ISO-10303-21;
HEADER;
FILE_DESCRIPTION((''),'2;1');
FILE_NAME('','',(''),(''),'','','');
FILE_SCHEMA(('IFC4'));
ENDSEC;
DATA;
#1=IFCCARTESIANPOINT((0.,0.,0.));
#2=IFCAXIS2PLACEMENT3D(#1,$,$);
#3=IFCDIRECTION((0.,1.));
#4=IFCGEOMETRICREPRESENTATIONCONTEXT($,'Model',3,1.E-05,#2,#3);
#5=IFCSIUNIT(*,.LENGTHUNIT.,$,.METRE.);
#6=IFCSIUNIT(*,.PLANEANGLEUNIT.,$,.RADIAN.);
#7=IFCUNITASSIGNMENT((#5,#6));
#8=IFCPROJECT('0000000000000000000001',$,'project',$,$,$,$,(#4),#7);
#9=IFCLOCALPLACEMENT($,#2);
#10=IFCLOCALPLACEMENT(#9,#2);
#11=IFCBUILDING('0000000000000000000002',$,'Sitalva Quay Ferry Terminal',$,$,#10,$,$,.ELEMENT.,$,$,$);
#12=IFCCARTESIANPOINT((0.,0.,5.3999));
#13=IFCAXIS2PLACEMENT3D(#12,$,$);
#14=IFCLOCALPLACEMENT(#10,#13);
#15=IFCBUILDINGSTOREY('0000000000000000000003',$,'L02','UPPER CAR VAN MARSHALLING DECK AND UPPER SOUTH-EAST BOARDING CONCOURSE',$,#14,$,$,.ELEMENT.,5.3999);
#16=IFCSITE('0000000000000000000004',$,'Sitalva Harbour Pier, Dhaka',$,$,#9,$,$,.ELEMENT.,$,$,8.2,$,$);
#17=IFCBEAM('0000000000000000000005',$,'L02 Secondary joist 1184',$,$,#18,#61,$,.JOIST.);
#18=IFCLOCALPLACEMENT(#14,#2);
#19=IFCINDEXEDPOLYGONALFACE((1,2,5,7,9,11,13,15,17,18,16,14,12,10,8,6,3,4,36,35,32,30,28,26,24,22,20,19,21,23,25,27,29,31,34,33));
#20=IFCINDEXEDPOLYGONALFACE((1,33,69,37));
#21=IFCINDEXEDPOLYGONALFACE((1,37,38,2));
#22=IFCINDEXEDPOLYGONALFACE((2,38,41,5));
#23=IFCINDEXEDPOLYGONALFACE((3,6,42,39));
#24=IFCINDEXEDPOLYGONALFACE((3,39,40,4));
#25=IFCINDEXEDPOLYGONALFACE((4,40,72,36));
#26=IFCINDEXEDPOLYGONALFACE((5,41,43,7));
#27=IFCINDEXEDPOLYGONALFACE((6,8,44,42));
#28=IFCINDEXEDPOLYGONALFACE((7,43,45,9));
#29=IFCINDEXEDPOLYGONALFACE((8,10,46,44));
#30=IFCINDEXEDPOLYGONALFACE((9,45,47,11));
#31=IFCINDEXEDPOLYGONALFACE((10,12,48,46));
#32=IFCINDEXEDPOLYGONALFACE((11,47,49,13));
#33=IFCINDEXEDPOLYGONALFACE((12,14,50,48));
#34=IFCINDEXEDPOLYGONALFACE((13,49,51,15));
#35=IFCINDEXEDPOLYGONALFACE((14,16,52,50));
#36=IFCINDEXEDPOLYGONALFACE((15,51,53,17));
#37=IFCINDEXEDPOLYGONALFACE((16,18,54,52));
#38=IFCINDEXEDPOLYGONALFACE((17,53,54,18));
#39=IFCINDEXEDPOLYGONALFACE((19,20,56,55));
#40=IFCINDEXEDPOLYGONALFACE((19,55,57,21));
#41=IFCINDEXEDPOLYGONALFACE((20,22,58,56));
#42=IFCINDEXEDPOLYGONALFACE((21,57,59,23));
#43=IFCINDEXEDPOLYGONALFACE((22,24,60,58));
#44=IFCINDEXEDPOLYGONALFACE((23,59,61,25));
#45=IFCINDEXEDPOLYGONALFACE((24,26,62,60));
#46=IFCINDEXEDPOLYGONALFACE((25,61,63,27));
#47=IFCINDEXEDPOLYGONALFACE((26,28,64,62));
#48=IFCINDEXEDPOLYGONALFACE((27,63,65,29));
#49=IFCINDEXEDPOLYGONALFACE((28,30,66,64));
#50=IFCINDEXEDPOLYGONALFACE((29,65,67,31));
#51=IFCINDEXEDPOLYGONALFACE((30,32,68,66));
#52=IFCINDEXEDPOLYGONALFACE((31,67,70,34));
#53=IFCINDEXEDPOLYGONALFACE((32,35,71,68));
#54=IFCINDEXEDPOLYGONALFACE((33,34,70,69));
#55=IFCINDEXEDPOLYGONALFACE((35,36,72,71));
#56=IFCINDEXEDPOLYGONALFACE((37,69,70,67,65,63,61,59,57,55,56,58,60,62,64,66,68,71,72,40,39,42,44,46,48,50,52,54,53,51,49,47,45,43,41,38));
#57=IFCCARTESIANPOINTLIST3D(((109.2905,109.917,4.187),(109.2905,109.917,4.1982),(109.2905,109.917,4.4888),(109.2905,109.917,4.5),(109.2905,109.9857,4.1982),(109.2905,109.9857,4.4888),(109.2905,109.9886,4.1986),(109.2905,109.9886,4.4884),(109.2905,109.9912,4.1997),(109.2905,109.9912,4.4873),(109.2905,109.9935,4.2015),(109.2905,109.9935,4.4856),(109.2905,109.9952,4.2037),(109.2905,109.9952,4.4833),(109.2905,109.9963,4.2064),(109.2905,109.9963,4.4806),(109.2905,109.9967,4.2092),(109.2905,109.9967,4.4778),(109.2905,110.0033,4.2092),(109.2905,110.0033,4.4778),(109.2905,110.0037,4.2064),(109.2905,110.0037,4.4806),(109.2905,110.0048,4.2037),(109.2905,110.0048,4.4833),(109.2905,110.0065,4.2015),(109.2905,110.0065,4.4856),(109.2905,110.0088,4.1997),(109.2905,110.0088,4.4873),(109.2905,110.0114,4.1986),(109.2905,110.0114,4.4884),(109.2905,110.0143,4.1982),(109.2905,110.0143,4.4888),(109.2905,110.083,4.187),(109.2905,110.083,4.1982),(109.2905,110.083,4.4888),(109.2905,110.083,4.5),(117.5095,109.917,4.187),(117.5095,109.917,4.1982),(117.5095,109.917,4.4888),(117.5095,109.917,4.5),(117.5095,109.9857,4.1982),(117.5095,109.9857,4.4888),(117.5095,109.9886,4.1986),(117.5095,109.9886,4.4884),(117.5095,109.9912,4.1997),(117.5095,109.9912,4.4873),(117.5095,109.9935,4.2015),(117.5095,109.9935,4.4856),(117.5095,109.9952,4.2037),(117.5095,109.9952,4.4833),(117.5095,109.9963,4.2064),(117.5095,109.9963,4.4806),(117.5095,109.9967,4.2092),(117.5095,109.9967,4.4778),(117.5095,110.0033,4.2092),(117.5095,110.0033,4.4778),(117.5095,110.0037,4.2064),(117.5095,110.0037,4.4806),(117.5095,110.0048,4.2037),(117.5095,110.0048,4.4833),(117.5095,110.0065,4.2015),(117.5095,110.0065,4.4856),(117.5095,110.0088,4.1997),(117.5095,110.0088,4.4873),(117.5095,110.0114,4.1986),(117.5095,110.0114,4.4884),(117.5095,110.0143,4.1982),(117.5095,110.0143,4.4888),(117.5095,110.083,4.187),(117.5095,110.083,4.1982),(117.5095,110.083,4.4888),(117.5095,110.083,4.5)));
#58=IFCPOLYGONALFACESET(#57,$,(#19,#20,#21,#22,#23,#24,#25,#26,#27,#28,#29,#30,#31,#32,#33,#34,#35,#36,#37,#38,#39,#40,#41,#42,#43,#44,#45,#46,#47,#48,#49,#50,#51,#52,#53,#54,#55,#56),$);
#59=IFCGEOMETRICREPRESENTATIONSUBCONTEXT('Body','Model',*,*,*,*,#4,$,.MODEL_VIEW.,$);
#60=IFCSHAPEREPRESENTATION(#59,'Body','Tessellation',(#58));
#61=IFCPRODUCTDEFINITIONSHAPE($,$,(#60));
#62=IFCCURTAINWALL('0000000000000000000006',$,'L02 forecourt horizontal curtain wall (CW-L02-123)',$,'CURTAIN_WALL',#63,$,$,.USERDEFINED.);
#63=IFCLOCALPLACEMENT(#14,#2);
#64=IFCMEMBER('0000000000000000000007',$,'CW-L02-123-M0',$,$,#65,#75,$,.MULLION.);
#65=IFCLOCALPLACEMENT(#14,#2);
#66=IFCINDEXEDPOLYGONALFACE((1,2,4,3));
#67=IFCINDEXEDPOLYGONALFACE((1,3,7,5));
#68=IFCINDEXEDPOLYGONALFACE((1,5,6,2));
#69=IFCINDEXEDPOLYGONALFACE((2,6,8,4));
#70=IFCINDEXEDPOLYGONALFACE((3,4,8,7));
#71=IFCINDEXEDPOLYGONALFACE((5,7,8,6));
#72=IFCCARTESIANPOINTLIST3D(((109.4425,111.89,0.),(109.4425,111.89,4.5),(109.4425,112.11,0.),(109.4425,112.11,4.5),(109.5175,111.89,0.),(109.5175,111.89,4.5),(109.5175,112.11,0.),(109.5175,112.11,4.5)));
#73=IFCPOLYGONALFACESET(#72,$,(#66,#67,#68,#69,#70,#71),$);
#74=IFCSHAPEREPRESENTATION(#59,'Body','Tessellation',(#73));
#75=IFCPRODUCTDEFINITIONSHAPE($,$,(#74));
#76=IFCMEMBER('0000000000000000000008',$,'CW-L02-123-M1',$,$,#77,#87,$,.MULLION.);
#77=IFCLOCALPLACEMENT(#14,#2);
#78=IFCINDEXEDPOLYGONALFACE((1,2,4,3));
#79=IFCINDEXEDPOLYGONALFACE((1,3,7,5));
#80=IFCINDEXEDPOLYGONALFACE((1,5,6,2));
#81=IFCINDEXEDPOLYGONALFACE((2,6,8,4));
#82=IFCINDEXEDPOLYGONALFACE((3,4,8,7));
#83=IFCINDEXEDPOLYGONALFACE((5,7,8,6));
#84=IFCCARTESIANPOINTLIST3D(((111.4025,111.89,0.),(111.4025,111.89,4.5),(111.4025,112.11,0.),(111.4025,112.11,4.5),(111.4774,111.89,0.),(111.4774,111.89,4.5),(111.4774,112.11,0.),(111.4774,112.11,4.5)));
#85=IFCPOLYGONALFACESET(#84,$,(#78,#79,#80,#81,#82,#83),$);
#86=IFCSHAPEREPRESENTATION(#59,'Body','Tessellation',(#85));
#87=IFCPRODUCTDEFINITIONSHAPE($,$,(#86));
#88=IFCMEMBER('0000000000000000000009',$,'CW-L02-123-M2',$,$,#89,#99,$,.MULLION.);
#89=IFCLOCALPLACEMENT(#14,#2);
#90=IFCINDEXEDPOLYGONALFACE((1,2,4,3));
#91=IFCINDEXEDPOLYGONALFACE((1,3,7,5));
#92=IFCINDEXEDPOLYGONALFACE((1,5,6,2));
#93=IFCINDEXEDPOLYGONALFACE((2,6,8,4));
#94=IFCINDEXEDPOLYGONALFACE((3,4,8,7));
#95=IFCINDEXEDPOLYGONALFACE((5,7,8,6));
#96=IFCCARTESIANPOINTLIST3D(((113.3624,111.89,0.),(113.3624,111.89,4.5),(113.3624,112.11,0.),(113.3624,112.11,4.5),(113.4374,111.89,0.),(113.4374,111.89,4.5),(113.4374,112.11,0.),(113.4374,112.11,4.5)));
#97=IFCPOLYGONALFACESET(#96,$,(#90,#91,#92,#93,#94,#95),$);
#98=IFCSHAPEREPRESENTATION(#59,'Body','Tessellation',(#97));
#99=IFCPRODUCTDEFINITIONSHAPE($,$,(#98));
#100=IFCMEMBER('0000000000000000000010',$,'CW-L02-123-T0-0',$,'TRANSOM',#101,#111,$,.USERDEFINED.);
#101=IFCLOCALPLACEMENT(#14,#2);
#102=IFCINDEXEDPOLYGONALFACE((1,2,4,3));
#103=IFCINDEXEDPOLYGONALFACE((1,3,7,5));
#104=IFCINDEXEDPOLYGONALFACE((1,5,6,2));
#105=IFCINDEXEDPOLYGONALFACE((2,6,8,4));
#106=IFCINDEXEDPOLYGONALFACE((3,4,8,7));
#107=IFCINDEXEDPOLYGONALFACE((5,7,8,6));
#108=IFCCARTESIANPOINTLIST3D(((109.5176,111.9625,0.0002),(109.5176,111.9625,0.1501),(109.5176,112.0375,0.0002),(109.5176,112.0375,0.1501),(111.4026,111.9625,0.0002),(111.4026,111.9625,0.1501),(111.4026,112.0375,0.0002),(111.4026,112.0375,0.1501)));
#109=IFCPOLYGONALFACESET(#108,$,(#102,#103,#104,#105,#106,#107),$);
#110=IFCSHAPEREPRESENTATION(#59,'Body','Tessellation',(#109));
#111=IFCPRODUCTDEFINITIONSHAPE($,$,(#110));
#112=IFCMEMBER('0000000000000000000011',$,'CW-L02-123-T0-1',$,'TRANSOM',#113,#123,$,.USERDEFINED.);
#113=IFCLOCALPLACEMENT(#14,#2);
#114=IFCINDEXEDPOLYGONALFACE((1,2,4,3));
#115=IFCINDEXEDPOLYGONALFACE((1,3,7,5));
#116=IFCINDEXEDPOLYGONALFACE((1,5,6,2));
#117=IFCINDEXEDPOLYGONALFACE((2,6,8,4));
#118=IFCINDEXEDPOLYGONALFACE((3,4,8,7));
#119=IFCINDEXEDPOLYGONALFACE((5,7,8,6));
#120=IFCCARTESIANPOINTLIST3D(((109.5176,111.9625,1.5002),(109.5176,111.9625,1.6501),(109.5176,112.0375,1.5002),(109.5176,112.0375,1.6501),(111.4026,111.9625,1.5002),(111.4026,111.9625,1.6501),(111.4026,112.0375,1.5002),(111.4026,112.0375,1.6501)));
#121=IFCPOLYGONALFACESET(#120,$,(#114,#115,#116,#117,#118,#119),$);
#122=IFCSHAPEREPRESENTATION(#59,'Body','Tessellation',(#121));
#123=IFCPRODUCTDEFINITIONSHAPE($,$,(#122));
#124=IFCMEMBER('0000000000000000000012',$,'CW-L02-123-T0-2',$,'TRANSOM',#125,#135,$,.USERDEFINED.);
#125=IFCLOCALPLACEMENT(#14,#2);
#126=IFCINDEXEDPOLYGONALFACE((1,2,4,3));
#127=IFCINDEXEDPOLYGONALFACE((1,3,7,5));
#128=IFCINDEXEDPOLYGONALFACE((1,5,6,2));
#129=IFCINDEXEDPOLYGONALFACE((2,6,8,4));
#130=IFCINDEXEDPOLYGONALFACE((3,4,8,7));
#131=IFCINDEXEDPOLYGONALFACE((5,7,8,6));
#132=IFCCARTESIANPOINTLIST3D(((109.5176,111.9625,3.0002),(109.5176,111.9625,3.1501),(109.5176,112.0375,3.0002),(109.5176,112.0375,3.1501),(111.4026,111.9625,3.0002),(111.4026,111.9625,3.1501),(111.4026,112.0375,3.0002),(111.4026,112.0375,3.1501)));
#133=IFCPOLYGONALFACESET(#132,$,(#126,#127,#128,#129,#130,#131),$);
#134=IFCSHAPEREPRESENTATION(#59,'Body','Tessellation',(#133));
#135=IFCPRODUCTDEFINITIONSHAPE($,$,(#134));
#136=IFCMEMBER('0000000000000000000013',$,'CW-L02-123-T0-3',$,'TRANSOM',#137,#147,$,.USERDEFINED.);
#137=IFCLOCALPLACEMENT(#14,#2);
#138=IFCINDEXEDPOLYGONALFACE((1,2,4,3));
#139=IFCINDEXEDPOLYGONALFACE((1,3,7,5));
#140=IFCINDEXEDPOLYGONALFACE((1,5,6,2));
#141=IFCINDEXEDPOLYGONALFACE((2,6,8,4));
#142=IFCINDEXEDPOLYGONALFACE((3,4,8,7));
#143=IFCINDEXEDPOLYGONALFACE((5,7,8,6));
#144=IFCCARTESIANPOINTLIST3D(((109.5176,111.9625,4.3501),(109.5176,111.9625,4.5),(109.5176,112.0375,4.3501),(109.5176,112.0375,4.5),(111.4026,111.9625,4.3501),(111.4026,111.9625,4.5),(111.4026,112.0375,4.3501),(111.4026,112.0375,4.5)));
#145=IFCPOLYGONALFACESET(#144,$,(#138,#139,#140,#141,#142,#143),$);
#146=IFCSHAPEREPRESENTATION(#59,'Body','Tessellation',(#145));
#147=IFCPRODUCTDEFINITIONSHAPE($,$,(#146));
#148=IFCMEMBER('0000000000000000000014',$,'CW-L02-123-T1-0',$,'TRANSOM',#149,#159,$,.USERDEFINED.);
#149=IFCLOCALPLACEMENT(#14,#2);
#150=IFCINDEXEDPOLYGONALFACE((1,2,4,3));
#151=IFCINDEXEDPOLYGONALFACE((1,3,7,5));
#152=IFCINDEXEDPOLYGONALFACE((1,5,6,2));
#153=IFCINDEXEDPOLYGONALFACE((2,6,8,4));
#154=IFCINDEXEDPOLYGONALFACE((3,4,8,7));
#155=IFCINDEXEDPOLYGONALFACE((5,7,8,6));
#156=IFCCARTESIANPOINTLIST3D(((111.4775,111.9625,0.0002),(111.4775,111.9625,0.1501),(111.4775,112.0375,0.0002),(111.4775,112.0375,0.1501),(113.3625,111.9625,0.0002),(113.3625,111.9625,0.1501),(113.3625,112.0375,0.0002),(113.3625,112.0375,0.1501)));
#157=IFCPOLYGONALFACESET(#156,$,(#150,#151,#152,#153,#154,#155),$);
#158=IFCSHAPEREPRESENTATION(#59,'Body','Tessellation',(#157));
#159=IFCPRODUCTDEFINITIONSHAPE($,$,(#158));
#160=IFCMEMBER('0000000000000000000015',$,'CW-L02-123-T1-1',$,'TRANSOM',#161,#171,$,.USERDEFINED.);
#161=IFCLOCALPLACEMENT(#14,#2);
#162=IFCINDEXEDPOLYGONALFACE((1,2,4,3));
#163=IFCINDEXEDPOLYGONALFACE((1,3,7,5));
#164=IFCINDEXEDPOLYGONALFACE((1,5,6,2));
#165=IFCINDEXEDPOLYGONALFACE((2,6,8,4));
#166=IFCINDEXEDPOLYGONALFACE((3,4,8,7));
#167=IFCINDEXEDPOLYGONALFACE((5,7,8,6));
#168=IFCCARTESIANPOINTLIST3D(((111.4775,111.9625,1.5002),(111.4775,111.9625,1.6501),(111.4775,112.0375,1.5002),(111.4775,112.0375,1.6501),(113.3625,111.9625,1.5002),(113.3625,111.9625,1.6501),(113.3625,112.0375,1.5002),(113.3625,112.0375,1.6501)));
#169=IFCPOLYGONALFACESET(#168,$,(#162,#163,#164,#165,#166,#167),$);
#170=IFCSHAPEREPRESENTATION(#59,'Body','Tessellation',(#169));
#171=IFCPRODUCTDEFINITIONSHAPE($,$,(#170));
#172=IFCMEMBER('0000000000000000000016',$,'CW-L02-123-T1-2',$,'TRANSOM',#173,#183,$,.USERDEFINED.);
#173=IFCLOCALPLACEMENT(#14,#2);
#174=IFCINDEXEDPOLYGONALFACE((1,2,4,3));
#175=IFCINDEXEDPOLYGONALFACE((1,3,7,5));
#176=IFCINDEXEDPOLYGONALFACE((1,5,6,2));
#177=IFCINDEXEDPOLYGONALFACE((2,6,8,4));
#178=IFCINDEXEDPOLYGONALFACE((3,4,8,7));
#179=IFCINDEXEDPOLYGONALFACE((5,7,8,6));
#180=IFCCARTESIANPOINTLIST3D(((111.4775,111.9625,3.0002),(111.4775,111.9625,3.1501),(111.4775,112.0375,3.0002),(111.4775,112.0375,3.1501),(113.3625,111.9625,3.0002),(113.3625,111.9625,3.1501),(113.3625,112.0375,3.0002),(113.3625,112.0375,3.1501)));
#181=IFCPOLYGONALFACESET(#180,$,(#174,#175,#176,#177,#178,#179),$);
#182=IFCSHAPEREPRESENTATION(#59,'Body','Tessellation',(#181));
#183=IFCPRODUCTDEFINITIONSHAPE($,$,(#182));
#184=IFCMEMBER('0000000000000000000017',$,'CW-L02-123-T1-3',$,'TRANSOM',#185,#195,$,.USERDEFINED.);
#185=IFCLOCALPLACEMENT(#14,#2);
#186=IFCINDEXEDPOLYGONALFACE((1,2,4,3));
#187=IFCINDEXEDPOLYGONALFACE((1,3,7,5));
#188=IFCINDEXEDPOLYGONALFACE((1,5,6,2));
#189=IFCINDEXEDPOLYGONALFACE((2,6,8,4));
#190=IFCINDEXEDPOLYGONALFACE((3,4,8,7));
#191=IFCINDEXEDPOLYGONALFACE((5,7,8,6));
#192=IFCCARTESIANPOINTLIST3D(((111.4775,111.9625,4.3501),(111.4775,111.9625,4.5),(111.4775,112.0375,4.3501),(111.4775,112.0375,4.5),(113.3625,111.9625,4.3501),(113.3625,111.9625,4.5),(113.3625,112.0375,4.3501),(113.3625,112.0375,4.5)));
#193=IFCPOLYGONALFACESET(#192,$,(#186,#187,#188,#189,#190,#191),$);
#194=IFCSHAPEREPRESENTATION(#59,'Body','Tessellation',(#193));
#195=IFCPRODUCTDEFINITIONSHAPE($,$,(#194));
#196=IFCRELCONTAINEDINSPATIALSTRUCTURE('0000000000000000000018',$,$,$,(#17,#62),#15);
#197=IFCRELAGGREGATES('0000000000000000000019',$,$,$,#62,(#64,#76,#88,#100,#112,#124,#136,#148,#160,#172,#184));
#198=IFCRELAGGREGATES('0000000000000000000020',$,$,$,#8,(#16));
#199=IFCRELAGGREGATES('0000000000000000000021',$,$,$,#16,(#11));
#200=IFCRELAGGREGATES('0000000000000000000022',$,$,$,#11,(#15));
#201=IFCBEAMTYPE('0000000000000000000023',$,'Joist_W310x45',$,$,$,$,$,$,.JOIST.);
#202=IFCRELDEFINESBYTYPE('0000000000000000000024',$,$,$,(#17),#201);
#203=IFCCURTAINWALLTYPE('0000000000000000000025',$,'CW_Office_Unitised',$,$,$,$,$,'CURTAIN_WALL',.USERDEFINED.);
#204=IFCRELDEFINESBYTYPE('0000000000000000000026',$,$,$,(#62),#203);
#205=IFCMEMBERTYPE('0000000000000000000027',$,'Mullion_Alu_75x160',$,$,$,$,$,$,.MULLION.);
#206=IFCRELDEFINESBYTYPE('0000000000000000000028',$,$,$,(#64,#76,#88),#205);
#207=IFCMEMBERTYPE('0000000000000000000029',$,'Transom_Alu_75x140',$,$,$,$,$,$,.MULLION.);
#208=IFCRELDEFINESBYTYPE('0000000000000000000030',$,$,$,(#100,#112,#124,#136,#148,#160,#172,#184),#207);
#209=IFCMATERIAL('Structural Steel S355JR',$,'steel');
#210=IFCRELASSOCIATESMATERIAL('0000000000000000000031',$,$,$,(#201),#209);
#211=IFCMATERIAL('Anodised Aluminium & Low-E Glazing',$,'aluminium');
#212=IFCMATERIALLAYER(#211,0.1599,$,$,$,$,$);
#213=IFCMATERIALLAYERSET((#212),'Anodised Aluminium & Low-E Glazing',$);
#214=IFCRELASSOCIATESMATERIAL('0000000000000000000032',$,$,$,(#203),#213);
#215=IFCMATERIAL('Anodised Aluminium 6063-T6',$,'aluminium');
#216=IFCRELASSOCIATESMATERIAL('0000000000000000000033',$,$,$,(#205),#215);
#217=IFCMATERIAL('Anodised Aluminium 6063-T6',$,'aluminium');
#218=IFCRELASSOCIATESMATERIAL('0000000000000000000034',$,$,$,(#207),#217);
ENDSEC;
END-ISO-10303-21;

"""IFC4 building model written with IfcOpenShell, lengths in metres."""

from ifc_helpers import new_model, si_unit, direction, frame, origin, origin_2d, place, context, subcontext, project, spatial, rectangle, i_section, extrude, material, layer, layer_set, material_profile, profile_set, type_object, element, aggregate, save


model = new_model("IFC4")

# Units and contexts
model_context = context("Model", 3, precision=1e-05, world=origin(), true_north=direction((0.0, 1.0)))
body_context = subcontext(model_context, "Body", "Model", "MODEL_VIEW")
ifc_project = project(units=[si_unit("LENGTHUNIT", "METRE"), si_unit("PLANEANGLEUNIT", "RADIAN")], contexts=[model_context])

# Site, building, storey
site_placement = place(None, origin())
site = spatial("IfcSite", under=ifc_project, at=site_placement, Name="Sitalva Harbour Pier, Dhaka", CompositionType="ELEMENT", RefElevation=8.2)
building_placement = place(site_placement, origin())
building = spatial("IfcBuilding", under=site, at=building_placement, Name="Sitalva Quay Ferry Terminal", CompositionType="ELEMENT")
storey_placement = place(building_placement, frame((0.0, 0.0, 5.3999)))
storey = spatial("IfcBuildingStorey", under=building, at=storey_placement, Name="L02", Description="UPPER CAR VAN MARSHALLING DECK AND UPPER SOUTH-EAST BOARDING CONCOURSE", CompositionType="ELEMENT", Elevation=5.3999)

# Beam
ifc_material_1 = material(Name="Structural Steel S355JR", Category="steel")
ifc_material_profile_1 = material_profile(ifc_material_1, i_section(OverallWidth=0.166, OverallDepth=0.313, WebThickness=0.0066, FlangeThickness=0.0112, FilletRadius=0.011, at=origin_2d()), Name="W310x45")
ifc_profile_set_1 = profile_set([ifc_material_profile_1], Name="Structural Steel S355JR")
beam_type = type_object("IfcBeamType", Name="Joist_W310x45", PredefinedType="JOIST", material=ifc_profile_set_1)
beam_placement = place(storey_placement, frame((109.2905, 110.0, 4.3435), z_axis=(1.0, 0.0, 0.0), x_axis=(0.0, 1.0, 0.0)))
element("IfcBeam", 1, at=beam_placement, inside=storey, type_object=beam_type, Name="L02 Secondary joist 1184", PredefinedType="JOIST", context=body_context, shape_type="SweptSolid", body=[
    extrude(i_section(OverallWidth=0.166, OverallDepth=0.313, WebThickness=0.0066, FlangeThickness=0.0112, FilletRadius=0.011, at=origin_2d()), origin(), (0.0, 0.0, 1.0), 8.219),
])

# Curtain wall, members
ifc_material_2 = material(Name="Anodised Aluminium & Low-E Glazing", Category="aluminium")
ifc_layer_1 = layer(ifc_material_2, 0.1599)
ifc_layer_set_1 = layer_set([ifc_layer_1], Name="Anodised Aluminium & Low-E Glazing")
curtain_wall_type = type_object("IfcCurtainWallType", Name="CW_Office_Unitised", ElementType="CURTAIN_WALL", PredefinedType="USERDEFINED", material=ifc_layer_set_1)
curtain_wall_placement = place(storey_placement, origin())
curtain_wall = element("IfcCurtainWall", 2, at=curtain_wall_placement, inside=storey, type_object=curtain_wall_type, Name="L02 forecourt horizontal curtain wall (CW-L02-123)", ObjectType="CURTAIN_WALL", PredefinedType="USERDEFINED")
ifc_material_3 = material(Name="Anodised Aluminium 6063-T6", Category="aluminium")
ifc_material_profile_2 = material_profile(ifc_material_3, rectangle(XDim=0.075, YDim=0.22, at=origin_2d()), Name="ALU75x220")
ifc_profile_set_2 = profile_set([ifc_material_profile_2], Name="Anodised Aluminium 6063-T6")
member_type_1 = type_object("IfcMemberType", Name="Mullion_Alu_75x160", PredefinedType="MULLION", material=ifc_profile_set_2)
member_1_placement = place(storey_placement, frame((109.48, 112.0, 0.0), z_axis=(0.0, 0.0, 1.0), x_axis=(1.0, 0.0, 0.0)))
member_1 = element("IfcMember", 3, at=member_1_placement, type_object=member_type_1, Name="CW-L02-123-M0", PredefinedType="MULLION", context=body_context, shape_type="SweptSolid", body=[
    extrude(rectangle(XDim=0.075, YDim=0.22, at=origin_2d()), origin(), (0.0, 0.0, 1.0), 4.5),
])
member_2_placement = place(storey_placement, frame((111.4399, 112.0, 0.0), z_axis=(0.0, 0.0, 1.0), x_axis=(1.0, 0.0, 0.0)))
member_2 = element("IfcMember", 4, at=member_2_placement, type_object=member_type_1, Name="CW-L02-123-M1", PredefinedType="MULLION", context=body_context, shape_type="SweptSolid", body=[
    extrude(rectangle(XDim=0.075, YDim=0.22, at=origin_2d()), origin(), (0.0, 0.0, 1.0), 4.5),
])
member_3_placement = place(storey_placement, frame((113.3999, 112.0, 0.0), z_axis=(0.0, 0.0, 1.0), x_axis=(1.0, 0.0, 0.0)))
member_3 = element("IfcMember", 5, at=member_3_placement, type_object=member_type_1, Name="CW-L02-123-M2", PredefinedType="MULLION", context=body_context, shape_type="SweptSolid", body=[
    extrude(rectangle(XDim=0.075, YDim=0.22, at=origin_2d()), origin(), (0.0, 0.0, 1.0), 4.5),
])
ifc_material_4 = material(Name="Anodised Aluminium 6063-T6", Category="aluminium")
ifc_material_profile_3 = material_profile(ifc_material_4, rectangle(XDim=0.075, YDim=0.1499, at=origin_2d()), Name="ALU75x150")
ifc_profile_set_3 = profile_set([ifc_material_profile_3], Name="Anodised Aluminium 6063-T6")
member_type_2 = type_object("IfcMemberType", Name="Transom_Alu_75x140", PredefinedType="MULLION", material=ifc_profile_set_3)
member_4_placement = place(storey_placement, frame((109.5176, 112.0, 0.0752), z_axis=(1.0, 0.0, 0.0), x_axis=(0.0, 1.0, 0.0)))
member_4 = element("IfcMember", 6, at=member_4_placement, type_object=member_type_2, Name="CW-L02-123-T0-0", ObjectType="TRANSOM", PredefinedType="USERDEFINED", context=body_context, shape_type="SweptSolid", body=[
    extrude(rectangle(XDim=0.075, YDim=0.1499, at=origin_2d()), origin(), (0.0, 0.0, 1.0), 1.885),
])
member_5_placement = place(storey_placement, frame((109.5176, 112.0, 1.5752), z_axis=(1.0, 0.0, 0.0), x_axis=(0.0, 1.0, 0.0)))
member_5 = element("IfcMember", 7, at=member_5_placement, type_object=member_type_2, Name="CW-L02-123-T0-1", ObjectType="TRANSOM", PredefinedType="USERDEFINED", context=body_context, shape_type="SweptSolid", body=[
    extrude(rectangle(XDim=0.075, YDim=0.1499, at=origin_2d()), origin(), (0.0, 0.0, 1.0), 1.885),
])
member_6_placement = place(storey_placement, frame((109.5176, 112.0, 3.0752), z_axis=(1.0, 0.0, 0.0), x_axis=(0.0, 1.0, 0.0)))
member_6 = element("IfcMember", 8, at=member_6_placement, type_object=member_type_2, Name="CW-L02-123-T0-2", ObjectType="TRANSOM", PredefinedType="USERDEFINED", context=body_context, shape_type="SweptSolid", body=[
    extrude(rectangle(XDim=0.075, YDim=0.1499, at=origin_2d()), origin(), (0.0, 0.0, 1.0), 1.885),
])
member_7_placement = place(storey_placement, frame((109.5176, 112.0, 4.425), z_axis=(1.0, 0.0, 0.0), x_axis=(0.0, 1.0, 0.0)))
member_7 = element("IfcMember", 9, at=member_7_placement, type_object=member_type_2, Name="CW-L02-123-T0-3", ObjectType="TRANSOM", PredefinedType="USERDEFINED", context=body_context, shape_type="SweptSolid", body=[
    extrude(rectangle(XDim=0.075, YDim=0.1499, at=origin_2d()), origin(), (0.0, 0.0, 1.0), 1.885),
])
member_8_placement = place(storey_placement, frame((111.4775, 112.0, 0.0752), z_axis=(1.0, 0.0, 0.0), x_axis=(0.0, 1.0, 0.0)))
member_8 = element("IfcMember", 10, at=member_8_placement, type_object=member_type_2, Name="CW-L02-123-T1-0", ObjectType="TRANSOM", PredefinedType="USERDEFINED", context=body_context, shape_type="SweptSolid", body=[
    extrude(rectangle(XDim=0.075, YDim=0.1499, at=origin_2d()), origin(), (0.0, 0.0, 1.0), 1.885),
])
member_9_placement = place(storey_placement, frame((111.4775, 112.0, 1.5752), z_axis=(1.0, 0.0, 0.0), x_axis=(0.0, 1.0, 0.0)))
member_9 = element("IfcMember", 11, at=member_9_placement, type_object=member_type_2, Name="CW-L02-123-T1-1", ObjectType="TRANSOM", PredefinedType="USERDEFINED", context=body_context, shape_type="SweptSolid", body=[
    extrude(rectangle(XDim=0.075, YDim=0.1499, at=origin_2d()), origin(), (0.0, 0.0, 1.0), 1.885),
])
member_10_placement = place(storey_placement, frame((111.4775, 112.0, 3.0752), z_axis=(1.0, 0.0, 0.0), x_axis=(0.0, 1.0, 0.0)))
member_10 = element("IfcMember", 12, at=member_10_placement, type_object=member_type_2, Name="CW-L02-123-T1-2", ObjectType="TRANSOM", PredefinedType="USERDEFINED", context=body_context, shape_type="SweptSolid", body=[
    extrude(rectangle(XDim=0.075, YDim=0.1499, at=origin_2d()), origin(), (0.0, 0.0, 1.0), 1.885),
])
member_11_placement = place(storey_placement, frame((111.4775, 112.0, 4.425), z_axis=(1.0, 0.0, 0.0), x_axis=(0.0, 1.0, 0.0)))
member_11 = element("IfcMember", 13, at=member_11_placement, type_object=member_type_2, Name="CW-L02-123-T1-3", ObjectType="TRANSOM", PredefinedType="USERDEFINED", context=body_context, shape_type="SweptSolid", body=[
    extrude(rectangle(XDim=0.075, YDim=0.1499, at=origin_2d()), origin(), (0.0, 0.0, 1.0), 1.885),
])
aggregate(curtain_wall, [member_1, member_2, member_3, member_4, member_5, member_6, member_7, member_8, member_9, member_10, member_11])

save(model, "model.ifc")
